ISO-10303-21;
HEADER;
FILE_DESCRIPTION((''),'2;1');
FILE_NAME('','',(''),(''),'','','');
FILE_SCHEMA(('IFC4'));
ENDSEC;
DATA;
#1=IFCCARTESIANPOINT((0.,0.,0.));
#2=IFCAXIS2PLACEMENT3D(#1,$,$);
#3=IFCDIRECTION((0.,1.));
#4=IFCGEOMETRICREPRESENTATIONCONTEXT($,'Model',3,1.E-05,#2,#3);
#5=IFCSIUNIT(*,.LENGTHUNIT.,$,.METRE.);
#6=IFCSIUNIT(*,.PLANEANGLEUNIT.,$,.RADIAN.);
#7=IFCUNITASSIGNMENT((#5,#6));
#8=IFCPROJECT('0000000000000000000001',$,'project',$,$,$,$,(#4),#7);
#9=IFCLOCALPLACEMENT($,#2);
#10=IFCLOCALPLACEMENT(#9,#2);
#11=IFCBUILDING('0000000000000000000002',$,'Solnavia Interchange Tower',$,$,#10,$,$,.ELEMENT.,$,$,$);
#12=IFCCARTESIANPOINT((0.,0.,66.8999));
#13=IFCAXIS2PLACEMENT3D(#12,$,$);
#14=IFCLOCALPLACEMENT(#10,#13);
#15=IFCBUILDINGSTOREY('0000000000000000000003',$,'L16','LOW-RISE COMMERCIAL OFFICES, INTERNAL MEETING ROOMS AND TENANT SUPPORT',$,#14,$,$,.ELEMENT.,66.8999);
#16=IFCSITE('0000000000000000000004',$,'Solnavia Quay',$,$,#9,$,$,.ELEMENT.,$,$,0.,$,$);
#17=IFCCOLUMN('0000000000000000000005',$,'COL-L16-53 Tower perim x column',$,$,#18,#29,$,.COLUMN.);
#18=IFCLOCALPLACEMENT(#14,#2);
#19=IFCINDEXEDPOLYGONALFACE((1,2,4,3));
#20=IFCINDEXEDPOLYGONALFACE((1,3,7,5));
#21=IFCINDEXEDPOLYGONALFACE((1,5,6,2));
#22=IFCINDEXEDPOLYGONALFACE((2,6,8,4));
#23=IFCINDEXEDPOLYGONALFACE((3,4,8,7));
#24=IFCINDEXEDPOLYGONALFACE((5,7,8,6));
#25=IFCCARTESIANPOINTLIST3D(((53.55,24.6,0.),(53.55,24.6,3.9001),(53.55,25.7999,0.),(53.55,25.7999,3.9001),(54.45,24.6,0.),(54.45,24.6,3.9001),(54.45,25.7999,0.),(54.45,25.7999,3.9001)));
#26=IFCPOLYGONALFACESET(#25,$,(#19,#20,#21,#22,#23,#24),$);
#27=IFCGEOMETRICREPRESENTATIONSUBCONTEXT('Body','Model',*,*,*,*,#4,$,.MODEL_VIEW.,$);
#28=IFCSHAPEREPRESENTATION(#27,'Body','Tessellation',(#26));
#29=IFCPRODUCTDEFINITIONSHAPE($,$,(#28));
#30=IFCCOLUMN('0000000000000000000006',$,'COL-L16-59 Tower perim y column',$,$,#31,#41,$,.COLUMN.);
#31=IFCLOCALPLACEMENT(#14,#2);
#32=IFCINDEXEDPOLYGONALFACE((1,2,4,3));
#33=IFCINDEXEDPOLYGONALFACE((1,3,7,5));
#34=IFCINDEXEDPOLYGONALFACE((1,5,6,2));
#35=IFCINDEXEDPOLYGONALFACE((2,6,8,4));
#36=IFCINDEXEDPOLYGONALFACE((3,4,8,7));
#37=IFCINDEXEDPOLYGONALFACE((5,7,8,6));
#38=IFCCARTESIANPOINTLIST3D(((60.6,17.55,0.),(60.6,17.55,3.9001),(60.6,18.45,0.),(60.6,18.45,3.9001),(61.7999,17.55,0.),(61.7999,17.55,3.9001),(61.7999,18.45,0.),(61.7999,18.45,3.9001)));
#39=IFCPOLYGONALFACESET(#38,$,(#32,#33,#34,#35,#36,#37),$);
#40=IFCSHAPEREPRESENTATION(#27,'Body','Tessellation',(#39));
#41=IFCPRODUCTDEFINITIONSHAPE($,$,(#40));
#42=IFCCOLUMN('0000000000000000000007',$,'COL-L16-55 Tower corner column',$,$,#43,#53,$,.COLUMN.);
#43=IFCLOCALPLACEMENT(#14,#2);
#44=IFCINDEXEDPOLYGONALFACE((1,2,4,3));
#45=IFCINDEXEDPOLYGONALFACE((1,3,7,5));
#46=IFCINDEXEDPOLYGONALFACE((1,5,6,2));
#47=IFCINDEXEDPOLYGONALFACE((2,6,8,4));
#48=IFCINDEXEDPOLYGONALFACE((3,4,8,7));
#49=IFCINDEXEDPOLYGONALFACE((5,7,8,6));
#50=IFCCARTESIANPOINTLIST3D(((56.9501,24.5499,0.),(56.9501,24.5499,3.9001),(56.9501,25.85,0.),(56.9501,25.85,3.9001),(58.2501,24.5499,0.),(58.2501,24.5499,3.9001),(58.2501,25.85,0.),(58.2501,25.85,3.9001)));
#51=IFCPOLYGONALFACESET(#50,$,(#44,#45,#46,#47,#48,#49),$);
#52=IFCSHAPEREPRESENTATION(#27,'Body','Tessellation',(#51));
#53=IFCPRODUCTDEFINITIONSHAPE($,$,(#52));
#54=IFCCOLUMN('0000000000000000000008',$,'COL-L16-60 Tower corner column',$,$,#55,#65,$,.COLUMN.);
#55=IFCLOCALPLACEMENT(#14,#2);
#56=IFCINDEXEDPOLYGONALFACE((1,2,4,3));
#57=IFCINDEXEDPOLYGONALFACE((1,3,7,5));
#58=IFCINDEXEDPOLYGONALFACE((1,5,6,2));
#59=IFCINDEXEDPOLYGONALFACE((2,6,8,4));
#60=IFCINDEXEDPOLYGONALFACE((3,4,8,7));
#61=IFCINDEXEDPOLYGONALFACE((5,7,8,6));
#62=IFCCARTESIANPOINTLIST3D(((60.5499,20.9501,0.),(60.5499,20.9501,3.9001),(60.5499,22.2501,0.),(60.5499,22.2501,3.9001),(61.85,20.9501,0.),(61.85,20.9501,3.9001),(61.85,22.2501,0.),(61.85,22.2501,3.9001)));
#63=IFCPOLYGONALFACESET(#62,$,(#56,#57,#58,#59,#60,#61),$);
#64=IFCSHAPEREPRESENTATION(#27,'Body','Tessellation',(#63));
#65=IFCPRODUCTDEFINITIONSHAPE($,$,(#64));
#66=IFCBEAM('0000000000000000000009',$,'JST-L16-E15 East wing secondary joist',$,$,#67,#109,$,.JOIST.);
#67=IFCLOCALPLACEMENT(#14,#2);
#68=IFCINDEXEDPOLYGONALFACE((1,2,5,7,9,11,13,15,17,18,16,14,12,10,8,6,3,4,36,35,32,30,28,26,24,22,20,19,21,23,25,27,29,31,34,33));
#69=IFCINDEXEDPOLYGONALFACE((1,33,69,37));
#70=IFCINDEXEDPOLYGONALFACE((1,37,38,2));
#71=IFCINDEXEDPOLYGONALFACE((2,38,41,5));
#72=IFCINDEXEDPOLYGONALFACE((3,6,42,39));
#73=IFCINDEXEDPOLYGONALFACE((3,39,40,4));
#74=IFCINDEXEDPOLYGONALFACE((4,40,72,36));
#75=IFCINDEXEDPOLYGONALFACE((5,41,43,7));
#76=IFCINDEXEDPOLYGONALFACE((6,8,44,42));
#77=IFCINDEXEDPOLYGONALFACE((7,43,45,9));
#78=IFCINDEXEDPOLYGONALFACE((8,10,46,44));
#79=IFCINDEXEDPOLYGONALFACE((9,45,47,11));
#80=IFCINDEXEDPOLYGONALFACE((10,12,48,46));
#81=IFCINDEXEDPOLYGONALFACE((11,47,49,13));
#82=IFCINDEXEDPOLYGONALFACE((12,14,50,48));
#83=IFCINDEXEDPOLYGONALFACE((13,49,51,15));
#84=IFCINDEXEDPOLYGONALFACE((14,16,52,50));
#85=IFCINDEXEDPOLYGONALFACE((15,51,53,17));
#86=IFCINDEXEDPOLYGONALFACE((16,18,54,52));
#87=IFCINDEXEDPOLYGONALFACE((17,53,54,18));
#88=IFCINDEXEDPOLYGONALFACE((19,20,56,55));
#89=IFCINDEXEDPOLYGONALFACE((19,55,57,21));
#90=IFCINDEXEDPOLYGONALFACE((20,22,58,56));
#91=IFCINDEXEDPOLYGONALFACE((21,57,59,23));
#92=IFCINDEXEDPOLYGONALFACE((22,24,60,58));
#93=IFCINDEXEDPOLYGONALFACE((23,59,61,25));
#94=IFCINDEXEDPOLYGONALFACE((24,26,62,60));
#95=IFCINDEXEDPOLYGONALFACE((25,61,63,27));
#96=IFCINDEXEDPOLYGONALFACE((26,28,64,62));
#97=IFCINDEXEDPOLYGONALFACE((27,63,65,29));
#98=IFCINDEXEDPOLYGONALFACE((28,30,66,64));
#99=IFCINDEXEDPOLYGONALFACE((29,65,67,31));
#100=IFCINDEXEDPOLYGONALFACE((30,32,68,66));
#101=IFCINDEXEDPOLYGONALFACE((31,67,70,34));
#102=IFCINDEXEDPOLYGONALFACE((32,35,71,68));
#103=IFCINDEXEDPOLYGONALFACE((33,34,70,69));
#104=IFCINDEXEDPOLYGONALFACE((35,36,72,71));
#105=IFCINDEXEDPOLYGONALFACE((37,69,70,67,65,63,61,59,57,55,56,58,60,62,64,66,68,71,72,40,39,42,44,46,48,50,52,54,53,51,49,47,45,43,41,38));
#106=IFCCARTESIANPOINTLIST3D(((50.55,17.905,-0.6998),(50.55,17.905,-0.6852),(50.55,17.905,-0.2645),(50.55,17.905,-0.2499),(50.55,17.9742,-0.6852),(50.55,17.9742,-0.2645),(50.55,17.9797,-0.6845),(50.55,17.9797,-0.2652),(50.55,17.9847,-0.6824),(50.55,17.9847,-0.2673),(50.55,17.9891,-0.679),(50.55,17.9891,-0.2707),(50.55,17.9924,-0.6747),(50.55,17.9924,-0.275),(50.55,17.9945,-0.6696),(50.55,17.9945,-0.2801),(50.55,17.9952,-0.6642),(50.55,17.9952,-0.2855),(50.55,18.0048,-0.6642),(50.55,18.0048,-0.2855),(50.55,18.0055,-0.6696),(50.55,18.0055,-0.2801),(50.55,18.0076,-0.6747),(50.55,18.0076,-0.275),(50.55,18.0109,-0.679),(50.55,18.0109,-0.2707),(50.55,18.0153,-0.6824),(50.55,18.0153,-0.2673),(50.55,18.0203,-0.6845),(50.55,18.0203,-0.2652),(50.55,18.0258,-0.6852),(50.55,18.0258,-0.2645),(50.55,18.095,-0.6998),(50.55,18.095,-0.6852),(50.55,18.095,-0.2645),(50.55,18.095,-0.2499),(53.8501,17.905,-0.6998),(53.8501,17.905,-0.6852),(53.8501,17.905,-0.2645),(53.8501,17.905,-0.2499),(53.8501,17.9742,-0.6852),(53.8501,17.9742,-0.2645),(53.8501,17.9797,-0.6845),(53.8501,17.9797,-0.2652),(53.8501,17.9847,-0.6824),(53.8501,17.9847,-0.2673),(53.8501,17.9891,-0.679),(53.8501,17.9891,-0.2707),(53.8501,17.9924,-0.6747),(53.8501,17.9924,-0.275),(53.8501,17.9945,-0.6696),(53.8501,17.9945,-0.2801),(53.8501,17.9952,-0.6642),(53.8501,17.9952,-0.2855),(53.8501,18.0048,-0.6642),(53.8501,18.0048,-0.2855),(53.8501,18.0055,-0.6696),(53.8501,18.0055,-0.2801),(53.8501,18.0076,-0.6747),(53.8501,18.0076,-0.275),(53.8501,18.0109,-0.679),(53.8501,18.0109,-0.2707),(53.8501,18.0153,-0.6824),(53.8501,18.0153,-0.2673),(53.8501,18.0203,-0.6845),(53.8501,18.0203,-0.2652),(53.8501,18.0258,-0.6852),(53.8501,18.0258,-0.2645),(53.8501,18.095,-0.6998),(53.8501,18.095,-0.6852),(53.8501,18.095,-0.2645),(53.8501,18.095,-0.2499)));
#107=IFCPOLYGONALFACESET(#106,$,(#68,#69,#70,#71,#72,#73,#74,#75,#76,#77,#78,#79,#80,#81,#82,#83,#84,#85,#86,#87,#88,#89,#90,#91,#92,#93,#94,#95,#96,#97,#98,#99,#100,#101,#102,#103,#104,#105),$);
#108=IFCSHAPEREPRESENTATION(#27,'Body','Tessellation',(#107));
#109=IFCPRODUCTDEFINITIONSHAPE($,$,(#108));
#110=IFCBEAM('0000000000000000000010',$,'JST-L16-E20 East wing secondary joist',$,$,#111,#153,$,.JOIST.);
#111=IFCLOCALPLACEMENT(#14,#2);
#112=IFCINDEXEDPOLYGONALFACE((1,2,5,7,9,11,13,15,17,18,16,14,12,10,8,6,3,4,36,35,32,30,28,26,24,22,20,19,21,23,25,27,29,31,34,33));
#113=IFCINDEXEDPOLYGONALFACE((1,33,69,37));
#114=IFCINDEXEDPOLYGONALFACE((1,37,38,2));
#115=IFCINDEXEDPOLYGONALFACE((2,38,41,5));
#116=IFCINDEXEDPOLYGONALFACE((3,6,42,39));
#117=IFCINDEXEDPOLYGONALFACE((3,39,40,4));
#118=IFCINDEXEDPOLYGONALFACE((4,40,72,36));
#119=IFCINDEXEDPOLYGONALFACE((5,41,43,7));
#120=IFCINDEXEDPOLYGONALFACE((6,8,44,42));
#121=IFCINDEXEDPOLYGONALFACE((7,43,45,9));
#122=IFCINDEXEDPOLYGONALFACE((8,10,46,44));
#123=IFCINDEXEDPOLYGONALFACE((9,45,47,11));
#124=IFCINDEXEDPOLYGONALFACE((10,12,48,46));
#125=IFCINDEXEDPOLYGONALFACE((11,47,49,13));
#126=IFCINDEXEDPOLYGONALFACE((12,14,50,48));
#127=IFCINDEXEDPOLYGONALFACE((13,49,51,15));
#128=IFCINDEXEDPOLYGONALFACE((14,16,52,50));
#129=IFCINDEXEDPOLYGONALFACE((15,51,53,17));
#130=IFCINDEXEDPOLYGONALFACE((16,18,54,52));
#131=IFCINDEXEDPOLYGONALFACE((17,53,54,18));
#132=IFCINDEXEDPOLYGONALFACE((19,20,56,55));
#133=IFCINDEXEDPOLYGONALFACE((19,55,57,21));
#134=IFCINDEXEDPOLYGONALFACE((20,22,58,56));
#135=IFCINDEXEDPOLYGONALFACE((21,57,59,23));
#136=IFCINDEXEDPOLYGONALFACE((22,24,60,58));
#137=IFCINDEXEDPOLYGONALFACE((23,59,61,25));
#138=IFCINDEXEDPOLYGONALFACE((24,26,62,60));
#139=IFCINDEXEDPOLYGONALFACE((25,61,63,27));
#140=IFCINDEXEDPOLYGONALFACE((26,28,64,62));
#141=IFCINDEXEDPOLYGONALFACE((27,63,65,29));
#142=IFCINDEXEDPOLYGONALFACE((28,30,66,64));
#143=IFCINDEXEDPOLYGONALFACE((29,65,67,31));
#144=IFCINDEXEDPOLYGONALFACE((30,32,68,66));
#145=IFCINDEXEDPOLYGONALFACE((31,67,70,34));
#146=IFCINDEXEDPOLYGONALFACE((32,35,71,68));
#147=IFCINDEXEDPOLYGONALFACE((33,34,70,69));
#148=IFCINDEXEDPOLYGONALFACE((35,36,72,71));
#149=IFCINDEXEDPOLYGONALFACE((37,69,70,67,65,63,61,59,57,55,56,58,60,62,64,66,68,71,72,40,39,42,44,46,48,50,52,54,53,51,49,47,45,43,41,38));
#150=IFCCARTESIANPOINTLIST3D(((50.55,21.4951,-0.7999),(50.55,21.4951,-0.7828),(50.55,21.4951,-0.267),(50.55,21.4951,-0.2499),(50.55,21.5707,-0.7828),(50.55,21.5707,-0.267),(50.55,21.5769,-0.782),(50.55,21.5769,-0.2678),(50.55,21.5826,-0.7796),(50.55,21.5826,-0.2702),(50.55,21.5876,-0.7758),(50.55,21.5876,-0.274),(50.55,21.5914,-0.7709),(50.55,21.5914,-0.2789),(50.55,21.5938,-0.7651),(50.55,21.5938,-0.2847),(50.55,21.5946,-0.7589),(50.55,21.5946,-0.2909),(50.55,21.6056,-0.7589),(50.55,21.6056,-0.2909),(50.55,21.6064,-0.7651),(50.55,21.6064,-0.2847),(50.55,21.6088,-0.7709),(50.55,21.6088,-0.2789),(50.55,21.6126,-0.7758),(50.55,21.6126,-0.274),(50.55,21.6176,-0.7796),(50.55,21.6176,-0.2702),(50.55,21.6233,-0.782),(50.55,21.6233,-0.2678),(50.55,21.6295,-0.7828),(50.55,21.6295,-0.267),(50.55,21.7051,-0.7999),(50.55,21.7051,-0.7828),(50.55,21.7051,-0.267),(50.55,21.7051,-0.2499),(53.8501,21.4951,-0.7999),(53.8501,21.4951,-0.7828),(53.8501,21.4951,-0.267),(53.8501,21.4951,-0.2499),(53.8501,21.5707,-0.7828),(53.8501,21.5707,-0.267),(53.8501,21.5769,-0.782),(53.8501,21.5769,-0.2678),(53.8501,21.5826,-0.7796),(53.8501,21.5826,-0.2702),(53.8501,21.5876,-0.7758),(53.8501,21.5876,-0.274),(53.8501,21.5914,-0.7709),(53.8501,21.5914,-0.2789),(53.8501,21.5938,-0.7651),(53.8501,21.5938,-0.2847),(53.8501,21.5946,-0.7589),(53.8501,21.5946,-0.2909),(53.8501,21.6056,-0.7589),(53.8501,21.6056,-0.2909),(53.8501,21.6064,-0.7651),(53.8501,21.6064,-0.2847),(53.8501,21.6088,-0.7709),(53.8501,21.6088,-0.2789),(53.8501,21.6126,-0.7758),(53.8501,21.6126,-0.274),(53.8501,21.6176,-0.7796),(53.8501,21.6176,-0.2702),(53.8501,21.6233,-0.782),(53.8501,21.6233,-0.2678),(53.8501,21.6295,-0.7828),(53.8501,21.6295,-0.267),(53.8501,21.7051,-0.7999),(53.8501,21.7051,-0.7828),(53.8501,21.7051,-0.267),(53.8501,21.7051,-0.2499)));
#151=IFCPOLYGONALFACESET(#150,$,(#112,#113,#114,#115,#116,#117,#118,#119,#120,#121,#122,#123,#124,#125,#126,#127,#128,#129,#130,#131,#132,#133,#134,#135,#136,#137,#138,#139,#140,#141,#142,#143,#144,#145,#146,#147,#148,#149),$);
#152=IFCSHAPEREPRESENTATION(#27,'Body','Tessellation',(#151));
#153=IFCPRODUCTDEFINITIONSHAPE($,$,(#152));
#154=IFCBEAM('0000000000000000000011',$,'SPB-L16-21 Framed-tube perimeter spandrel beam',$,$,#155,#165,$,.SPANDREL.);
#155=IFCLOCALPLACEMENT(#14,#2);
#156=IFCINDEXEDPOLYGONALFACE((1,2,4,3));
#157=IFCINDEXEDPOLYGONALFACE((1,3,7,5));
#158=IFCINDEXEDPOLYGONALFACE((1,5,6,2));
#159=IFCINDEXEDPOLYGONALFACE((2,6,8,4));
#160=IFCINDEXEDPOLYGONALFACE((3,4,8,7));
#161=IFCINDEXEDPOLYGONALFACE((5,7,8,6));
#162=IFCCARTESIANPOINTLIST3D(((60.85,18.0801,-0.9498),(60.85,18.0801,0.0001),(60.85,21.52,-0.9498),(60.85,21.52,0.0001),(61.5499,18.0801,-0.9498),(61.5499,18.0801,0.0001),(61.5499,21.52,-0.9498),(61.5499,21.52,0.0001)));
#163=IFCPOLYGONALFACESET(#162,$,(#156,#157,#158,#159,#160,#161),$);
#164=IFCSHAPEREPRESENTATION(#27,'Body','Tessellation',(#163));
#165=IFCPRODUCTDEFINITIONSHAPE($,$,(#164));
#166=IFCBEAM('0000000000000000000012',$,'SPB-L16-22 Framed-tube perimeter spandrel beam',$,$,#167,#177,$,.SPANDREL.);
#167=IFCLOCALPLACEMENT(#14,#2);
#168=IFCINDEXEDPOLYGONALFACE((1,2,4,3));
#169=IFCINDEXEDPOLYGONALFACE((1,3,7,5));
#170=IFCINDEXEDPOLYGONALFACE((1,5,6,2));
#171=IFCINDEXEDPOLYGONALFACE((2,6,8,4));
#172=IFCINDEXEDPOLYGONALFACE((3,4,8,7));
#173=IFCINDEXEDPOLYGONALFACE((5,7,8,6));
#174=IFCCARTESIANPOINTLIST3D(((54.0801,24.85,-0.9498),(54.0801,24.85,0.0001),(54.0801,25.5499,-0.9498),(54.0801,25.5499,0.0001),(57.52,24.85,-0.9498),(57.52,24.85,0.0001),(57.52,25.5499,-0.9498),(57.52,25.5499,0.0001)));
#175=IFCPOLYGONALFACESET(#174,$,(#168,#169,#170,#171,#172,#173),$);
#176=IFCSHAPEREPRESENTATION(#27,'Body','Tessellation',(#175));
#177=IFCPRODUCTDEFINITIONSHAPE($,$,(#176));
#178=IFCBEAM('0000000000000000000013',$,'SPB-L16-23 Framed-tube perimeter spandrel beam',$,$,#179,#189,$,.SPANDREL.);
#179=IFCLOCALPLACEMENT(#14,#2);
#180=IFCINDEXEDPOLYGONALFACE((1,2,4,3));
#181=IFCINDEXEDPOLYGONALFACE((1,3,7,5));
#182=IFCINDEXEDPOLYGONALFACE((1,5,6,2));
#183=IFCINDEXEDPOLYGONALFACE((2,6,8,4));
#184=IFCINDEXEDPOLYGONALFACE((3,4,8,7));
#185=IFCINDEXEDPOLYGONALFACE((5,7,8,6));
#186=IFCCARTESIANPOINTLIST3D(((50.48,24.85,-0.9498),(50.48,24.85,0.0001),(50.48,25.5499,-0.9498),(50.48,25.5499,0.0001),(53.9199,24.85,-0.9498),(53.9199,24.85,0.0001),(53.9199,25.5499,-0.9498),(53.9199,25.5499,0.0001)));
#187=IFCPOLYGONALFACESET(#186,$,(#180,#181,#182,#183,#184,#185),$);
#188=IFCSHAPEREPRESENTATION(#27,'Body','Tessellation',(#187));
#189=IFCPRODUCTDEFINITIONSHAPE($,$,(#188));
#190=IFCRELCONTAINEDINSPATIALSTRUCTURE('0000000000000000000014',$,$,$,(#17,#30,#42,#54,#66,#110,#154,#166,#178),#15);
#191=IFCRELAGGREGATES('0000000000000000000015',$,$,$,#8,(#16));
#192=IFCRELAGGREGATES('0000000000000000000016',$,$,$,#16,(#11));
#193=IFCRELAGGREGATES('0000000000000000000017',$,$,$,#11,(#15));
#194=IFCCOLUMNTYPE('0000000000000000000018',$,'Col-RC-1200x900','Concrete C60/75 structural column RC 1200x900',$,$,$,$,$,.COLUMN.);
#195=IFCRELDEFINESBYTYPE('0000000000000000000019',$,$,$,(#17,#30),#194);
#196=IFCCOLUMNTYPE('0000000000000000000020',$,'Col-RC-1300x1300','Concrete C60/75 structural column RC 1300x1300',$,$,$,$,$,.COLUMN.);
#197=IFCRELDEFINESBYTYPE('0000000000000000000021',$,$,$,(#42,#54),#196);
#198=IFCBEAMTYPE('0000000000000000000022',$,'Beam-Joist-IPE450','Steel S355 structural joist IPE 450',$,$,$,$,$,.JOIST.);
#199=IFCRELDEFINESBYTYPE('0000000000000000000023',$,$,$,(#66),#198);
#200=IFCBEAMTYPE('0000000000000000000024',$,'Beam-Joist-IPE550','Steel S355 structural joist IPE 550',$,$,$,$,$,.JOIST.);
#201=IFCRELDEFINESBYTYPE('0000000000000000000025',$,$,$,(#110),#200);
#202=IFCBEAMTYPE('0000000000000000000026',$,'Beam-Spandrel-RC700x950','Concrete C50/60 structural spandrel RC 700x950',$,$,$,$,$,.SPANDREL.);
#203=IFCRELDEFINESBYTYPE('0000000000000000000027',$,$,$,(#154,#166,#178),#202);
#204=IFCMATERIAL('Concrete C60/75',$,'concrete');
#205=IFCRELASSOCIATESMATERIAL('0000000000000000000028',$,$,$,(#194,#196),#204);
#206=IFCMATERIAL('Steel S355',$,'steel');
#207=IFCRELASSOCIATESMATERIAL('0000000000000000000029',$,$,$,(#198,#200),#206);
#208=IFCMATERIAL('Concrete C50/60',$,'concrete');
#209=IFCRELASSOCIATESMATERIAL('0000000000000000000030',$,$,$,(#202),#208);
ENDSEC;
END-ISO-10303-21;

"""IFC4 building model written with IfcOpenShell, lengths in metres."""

from ifc_helpers import new_model, si_unit, direction, frame, origin, origin_2d, place, context, subcontext, project, spatial, rectangle, i_section, extrude, material, material_profile, profile_set, type_object, element, save


model = new_model("IFC4")

# Units and contexts
model_context = context("Model", 3, precision=1e-05, world=origin(), true_north=direction((0.0, 1.0)))
body_context = subcontext(model_context, "Body", "Model", "MODEL_VIEW")
ifc_project = project(units=[si_unit("LENGTHUNIT", "METRE"), si_unit("PLANEANGLEUNIT", "RADIAN")], contexts=[model_context])

# Site, building, storey
site_placement = place(None, origin())
site = spatial("IfcSite", under=ifc_project, at=site_placement, Name="Solnavia Quay", CompositionType="ELEMENT", RefElevation=0.0)
building_placement = place(site_placement, origin())
building = spatial("IfcBuilding", under=site, at=building_placement, Name="Solnavia Interchange Tower", CompositionType="ELEMENT")
storey_placement = place(building_placement, frame((0.0, 0.0, 66.8999)))
storey = spatial("IfcBuildingStorey", under=building, at=storey_placement, Name="L16", Description="LOW-RISE COMMERCIAL OFFICES, INTERNAL MEETING ROOMS AND TENANT SUPPORT", CompositionType="ELEMENT", Elevation=66.8999)

# Columns
ifc_material_1 = material(Name="Concrete C60/75", Category="concrete")
ifc_material_profile_1 = material_profile(ifc_material_1, rectangle(XDim=0.8999, YDim=1.2, at=origin_2d()), Name="RC 1200x900")
ifc_profile_set_1 = profile_set([ifc_material_profile_1], Name="Concrete C60/75")
column_type_1 = type_object("IfcColumnType", Name="Col-RC-1200x900", Description="Concrete C60/75 structural column RC 1200x900", PredefinedType="COLUMN", material=ifc_profile_set_1)
for number, where, z_axis, x_axis, name in (
    (1, (54.0, 25.2, 0.0), (0.0, 0.0, 1.0), (1.0, 0.0, 0.0), "COL-L16-53 Tower perim x column"),
    (2, (61.2, 18.0, 0.0), (0.0, 0.0, 1.0), (0.0, 1.0, 0.0), "COL-L16-59 Tower perim y column"),
):
    element("IfcColumn", number, at=place(storey_placement, frame(where, z_axis=z_axis, x_axis=x_axis)), inside=storey, type_object=column_type_1, Name=name, PredefinedType="COLUMN", context=body_context, shape_type="SweptSolid", body=[
        extrude(rectangle(XDim=0.8999, YDim=1.2, at=origin_2d()), origin(), (0.0, 0.0, 1.0), 3.9001),
    ])
ifc_material_profile_2 = material_profile(ifc_material_1, rectangle(XDim=1.3, YDim=1.3, at=origin_2d()), Name="RC 1300x1300")
ifc_profile_set_2 = profile_set([ifc_material_profile_2], Name="Concrete C60/75")
column_type_2 = type_object("IfcColumnType", Name="Col-RC-1300x1300", Description="Concrete C60/75 structural column RC 1300x1300", PredefinedType="COLUMN", material=ifc_profile_set_2)
for number, where, z_axis, x_axis, name in (
    (3, (57.6001, 25.2, 0.0), (0.0, 0.0, 1.0), (1.0, 0.0, 0.0), "COL-L16-55 Tower corner column"),
    (4, (61.2, 21.6001, 0.0), (0.0, 0.0, 1.0), (0.0, 1.0, 0.0), "COL-L16-60 Tower corner column"),
):
    element("IfcColumn", number, at=place(storey_placement, frame(where, z_axis=z_axis, x_axis=x_axis)), inside=storey, type_object=column_type_2, Name=name, PredefinedType="COLUMN", context=body_context, shape_type="SweptSolid", body=[
        extrude(rectangle(XDim=1.3, YDim=1.3, at=origin_2d()), origin(), (0.0, 0.0, 1.0), 3.9001),
    ])

# Beams
ifc_material_2 = material(Name="Steel S355", Category="steel")
ifc_material_profile_3 = material_profile(ifc_material_2, i_section(OverallWidth=0.1899, OverallDepth=0.45, WebThickness=0.0095, FlangeThickness=0.0146, FilletRadius=0.021, at=origin_2d()), Name="IPE 450")
ifc_profile_set_3 = profile_set([ifc_material_profile_3], Name="Steel S355")
beam_type_1 = type_object("IfcBeamType", Name="Beam-Joist-IPE450", Description="Steel S355 structural joist IPE 450", PredefinedType="JOIST", material=ifc_profile_set_3)
beam_1_placement = place(storey_placement, frame((50.55, 18.0, -0.4749), z_axis=(1.0, 0.0, 0.0), x_axis=(0.0, 1.0, 0.0)))
element("IfcBeam", 5, at=beam_1_placement, inside=storey, type_object=beam_type_1, Name="JST-L16-E15 East wing secondary joist", PredefinedType="JOIST", context=body_context, shape_type="SweptSolid", body=[
    extrude(i_section(OverallWidth=0.1899, OverallDepth=0.45, WebThickness=0.0095, FlangeThickness=0.0146, FilletRadius=0.021, at=origin_2d()), origin(), (0.0, 0.0, 1.0), 3.3),
])
ifc_material_profile_4 = material_profile(ifc_material_2, i_section(OverallWidth=0.21, OverallDepth=0.55, WebThickness=0.011, FlangeThickness=0.0171, FilletRadius=0.0239, at=origin_2d()), Name="IPE 550")
ifc_profile_set_4 = profile_set([ifc_material_profile_4], Name="Steel S355")
beam_type_2 = type_object("IfcBeamType", Name="Beam-Joist-IPE550", Description="Steel S355 structural joist IPE 550", PredefinedType="JOIST", material=ifc_profile_set_4)
beam_2_placement = place(storey_placement, frame((50.55, 21.6001, -0.5249), z_axis=(1.0, 0.0, 0.0), x_axis=(0.0, 1.0, 0.0)))
element("IfcBeam", 6, at=beam_2_placement, inside=storey, type_object=beam_type_2, Name="JST-L16-E20 East wing secondary joist", PredefinedType="JOIST", context=body_context, shape_type="SweptSolid", body=[
    extrude(i_section(OverallWidth=0.21, OverallDepth=0.55, WebThickness=0.011, FlangeThickness=0.0171, FilletRadius=0.0239, at=origin_2d()), origin(), (0.0, 0.0, 1.0), 3.3),
])
ifc_material_3 = material(Name="Concrete C50/60", Category="concrete")
ifc_material_profile_5 = material_profile(ifc_material_3, rectangle(XDim=0.7, YDim=0.95, at=origin_2d()), Name="RC 700x950")
ifc_profile_set_5 = profile_set([ifc_material_profile_5], Name="Concrete C50/60")
beam_type_3 = type_object("IfcBeamType", Name="Beam-Spandrel-RC700x950", Description="Concrete C50/60 structural spandrel RC 700x950", PredefinedType="SPANDREL", material=ifc_profile_set_5)
for number, where, z_axis, x_axis, name in (
    (7, (61.2, 18.0801, -0.4749), (0.0, 1.0, 0.0), (-1.0, 0.0, 0.0), "SPB-L16-21 Framed-tube perimeter spandrel beam"),
    (8, (57.52, 25.2, -0.4749), (-1.0, 0.0, 0.0), (0.0, -1.0, 0.0), "SPB-L16-22 Framed-tube perimeter spandrel beam"),
    (9, (53.9199, 25.2, -0.4749), (-1.0, 0.0, 0.0), (0.0, -1.0, 0.0), "SPB-L16-23 Framed-tube perimeter spandrel beam"),
):
    element("IfcBeam", number, at=place(storey_placement, frame(where, z_axis=z_axis, x_axis=x_axis)), inside=storey, type_object=beam_type_3, Name=name, PredefinedType="SPANDREL", context=body_context, shape_type="SweptSolid", body=[
        extrude(rectangle(XDim=0.7, YDim=0.95, at=origin_2d()), origin(), (0.0, 0.0, 1.0), 3.4399),
    ])

save(model, "model.ifc")
